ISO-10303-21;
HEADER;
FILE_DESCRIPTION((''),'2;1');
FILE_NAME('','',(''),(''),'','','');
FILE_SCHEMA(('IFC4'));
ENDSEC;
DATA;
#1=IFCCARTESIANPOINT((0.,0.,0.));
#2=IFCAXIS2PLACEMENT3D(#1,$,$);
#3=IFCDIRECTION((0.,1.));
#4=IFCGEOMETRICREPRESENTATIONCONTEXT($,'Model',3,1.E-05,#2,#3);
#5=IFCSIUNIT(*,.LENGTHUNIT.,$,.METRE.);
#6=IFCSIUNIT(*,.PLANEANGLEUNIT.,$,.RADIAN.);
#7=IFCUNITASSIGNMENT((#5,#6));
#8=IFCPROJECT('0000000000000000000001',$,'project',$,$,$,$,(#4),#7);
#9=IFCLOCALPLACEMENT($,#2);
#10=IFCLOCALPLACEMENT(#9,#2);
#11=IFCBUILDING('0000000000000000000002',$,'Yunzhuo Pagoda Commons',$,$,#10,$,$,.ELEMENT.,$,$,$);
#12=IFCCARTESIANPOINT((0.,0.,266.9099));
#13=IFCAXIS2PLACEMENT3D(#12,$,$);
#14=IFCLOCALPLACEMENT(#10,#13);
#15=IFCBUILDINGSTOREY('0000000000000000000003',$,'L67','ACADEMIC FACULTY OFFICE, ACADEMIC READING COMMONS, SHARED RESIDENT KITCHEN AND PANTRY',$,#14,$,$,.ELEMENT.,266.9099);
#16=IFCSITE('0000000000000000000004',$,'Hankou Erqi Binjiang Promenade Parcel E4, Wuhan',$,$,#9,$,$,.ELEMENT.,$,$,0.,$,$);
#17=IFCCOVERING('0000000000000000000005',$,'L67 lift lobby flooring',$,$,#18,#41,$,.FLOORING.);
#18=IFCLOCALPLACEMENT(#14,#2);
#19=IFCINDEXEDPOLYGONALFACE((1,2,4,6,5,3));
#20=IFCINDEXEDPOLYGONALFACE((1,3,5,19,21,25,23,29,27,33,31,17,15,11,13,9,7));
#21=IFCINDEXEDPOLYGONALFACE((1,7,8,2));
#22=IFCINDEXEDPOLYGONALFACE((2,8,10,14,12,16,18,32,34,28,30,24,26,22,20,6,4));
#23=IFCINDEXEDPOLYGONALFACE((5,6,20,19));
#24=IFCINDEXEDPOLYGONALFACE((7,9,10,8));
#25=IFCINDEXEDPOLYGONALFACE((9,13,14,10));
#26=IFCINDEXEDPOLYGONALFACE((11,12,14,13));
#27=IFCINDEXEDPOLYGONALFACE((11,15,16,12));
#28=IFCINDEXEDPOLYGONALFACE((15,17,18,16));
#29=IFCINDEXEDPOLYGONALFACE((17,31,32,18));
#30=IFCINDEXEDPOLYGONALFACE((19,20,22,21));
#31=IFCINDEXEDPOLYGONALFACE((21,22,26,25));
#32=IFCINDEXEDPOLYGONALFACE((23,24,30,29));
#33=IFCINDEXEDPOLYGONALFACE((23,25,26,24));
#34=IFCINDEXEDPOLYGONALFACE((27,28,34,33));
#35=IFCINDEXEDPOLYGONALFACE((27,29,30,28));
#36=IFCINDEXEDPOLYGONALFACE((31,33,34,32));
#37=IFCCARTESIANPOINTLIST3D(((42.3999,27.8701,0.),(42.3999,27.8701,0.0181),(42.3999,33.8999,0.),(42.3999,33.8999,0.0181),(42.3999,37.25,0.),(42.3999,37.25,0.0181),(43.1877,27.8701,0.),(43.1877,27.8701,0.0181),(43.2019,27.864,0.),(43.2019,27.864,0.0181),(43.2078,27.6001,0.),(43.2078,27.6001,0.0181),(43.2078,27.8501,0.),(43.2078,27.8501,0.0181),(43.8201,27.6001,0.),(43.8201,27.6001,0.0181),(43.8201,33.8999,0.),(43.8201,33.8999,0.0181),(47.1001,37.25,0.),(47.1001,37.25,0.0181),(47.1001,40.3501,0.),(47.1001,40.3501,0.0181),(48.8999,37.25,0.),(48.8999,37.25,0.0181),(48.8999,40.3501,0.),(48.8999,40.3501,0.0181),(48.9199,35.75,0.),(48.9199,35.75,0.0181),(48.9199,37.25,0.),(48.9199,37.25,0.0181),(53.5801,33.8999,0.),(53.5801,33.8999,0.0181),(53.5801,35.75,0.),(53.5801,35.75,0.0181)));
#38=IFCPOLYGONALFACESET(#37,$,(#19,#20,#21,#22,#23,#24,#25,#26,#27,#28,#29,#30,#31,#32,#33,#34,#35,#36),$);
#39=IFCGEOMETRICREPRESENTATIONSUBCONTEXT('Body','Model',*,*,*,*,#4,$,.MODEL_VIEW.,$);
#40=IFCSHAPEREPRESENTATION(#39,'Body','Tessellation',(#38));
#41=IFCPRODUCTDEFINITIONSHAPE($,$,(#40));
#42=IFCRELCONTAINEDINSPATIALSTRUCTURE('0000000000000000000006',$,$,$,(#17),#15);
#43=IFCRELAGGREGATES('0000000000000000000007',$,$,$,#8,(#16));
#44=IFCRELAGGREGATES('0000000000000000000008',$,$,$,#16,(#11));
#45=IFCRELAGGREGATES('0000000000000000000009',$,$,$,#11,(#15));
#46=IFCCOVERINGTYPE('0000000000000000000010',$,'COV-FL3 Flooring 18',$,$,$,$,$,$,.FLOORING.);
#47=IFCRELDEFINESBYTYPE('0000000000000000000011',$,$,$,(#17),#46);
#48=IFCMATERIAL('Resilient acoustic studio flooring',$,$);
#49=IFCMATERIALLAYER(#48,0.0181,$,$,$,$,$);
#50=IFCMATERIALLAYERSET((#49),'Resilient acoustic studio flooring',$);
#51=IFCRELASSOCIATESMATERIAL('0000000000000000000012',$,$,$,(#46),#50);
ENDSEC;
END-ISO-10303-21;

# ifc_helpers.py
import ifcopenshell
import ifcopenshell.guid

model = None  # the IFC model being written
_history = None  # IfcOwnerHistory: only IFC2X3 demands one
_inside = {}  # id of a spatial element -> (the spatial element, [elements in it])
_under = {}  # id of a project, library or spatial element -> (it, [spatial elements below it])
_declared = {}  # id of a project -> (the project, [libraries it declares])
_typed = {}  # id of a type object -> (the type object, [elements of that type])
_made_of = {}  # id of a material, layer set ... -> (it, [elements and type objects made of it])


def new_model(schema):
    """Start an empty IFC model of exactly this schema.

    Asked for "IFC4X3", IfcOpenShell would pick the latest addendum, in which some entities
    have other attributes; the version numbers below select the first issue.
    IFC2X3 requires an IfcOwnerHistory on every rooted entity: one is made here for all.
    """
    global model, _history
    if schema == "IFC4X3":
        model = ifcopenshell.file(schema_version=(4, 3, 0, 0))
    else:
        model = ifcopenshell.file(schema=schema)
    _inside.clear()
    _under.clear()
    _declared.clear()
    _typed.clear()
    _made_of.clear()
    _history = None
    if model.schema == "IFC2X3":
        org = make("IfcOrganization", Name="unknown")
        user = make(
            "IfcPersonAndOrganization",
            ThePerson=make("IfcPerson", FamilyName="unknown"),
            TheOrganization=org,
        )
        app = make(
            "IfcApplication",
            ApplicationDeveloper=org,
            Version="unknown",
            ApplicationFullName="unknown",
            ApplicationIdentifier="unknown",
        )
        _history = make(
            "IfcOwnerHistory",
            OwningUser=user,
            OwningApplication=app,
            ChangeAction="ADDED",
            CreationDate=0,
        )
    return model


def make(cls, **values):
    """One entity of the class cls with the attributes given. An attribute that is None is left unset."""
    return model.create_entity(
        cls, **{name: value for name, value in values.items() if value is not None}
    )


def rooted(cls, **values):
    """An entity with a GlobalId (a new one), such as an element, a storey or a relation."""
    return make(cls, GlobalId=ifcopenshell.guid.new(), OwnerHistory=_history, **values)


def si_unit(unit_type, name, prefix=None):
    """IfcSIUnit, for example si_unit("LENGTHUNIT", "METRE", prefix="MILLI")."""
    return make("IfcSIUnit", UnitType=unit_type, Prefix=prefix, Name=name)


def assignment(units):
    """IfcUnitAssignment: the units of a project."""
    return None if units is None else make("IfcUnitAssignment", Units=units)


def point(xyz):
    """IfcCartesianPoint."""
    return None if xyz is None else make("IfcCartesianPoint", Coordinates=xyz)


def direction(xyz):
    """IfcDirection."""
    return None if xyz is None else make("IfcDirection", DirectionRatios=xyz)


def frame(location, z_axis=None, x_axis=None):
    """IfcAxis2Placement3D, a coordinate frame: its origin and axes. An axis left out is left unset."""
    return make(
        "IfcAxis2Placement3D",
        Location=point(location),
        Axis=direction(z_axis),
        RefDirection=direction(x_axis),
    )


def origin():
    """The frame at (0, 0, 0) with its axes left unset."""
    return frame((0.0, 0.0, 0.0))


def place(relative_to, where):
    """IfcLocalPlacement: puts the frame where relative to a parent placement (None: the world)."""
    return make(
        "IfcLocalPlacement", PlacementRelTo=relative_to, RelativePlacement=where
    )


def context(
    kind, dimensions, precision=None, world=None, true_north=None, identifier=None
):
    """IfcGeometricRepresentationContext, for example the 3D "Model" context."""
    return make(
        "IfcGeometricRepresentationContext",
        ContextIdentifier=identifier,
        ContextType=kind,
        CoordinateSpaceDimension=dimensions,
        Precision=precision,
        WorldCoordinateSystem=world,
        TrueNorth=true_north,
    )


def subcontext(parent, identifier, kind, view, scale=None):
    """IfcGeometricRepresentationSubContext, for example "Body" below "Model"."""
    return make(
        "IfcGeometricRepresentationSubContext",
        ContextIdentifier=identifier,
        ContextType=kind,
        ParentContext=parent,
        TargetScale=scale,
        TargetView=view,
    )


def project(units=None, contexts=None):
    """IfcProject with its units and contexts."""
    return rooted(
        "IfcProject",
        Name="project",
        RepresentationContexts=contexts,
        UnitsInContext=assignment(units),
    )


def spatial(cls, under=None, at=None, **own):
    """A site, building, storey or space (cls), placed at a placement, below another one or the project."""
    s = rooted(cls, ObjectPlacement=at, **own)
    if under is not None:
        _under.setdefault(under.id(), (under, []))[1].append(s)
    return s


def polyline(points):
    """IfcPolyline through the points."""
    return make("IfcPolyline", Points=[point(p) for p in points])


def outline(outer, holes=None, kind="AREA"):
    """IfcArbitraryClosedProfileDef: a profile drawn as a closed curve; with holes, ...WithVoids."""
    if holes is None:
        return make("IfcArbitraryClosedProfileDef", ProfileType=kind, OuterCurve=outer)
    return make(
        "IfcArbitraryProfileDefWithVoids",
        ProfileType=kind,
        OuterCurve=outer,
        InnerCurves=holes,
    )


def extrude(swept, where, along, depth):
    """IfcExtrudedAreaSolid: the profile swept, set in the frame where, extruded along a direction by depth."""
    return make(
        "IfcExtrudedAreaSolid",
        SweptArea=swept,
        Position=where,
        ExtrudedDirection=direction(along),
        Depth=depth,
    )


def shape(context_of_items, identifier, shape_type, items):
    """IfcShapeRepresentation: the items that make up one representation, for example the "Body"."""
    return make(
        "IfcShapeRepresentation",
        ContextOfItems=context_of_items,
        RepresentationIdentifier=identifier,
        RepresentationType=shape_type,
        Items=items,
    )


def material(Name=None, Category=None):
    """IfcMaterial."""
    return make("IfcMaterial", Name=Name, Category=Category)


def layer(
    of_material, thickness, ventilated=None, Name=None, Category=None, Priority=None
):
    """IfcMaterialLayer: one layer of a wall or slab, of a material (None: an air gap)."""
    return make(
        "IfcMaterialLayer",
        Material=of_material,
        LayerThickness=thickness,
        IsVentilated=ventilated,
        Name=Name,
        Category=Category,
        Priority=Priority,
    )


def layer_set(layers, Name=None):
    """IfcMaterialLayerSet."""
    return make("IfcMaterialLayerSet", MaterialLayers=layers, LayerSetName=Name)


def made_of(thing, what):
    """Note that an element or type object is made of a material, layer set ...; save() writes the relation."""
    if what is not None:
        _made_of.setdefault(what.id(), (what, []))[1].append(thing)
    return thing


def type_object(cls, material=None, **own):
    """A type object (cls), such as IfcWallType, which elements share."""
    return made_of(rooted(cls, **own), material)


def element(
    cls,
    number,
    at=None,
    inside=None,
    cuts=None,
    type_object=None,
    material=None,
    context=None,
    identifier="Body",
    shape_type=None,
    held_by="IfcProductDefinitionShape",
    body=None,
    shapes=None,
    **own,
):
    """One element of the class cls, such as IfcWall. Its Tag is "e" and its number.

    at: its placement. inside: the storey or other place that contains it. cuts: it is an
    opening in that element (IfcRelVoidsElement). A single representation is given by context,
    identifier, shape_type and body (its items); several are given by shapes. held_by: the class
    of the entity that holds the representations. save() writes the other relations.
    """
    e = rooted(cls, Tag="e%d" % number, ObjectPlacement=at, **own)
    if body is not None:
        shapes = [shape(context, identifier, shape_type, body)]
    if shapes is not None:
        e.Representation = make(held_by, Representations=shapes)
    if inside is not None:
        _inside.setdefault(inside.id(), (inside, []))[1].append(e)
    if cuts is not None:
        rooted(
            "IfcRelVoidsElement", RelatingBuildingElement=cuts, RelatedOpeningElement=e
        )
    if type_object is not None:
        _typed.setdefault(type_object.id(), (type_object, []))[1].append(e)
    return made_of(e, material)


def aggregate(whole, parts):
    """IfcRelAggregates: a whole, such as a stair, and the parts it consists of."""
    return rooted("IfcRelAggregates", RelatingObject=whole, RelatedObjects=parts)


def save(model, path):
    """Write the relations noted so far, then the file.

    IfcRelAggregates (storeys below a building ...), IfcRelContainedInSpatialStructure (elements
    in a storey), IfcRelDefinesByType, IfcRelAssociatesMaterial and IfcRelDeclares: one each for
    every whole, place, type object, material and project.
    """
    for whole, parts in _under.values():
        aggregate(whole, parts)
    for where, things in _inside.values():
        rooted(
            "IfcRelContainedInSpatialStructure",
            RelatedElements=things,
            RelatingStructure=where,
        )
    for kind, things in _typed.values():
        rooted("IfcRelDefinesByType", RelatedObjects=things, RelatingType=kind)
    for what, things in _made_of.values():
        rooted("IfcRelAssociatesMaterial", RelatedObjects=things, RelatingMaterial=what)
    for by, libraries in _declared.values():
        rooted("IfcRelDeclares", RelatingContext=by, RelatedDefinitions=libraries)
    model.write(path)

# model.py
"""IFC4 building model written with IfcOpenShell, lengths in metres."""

from ifc_helpers import new_model, si_unit, direction, frame, origin, place, context, subcontext, project, spatial, polyline, outline, extrude, material, layer, layer_set, type_object, element, save


model = new_model("IFC4")

# Units and contexts
model_context = context("Model", 3, precision=1e-05, world=origin(), true_north=direction((0.0, 1.0)))
body_context = subcontext(model_context, "Body", "Model", "MODEL_VIEW")
ifc_project = project(units=[si_unit("LENGTHUNIT", "METRE"), si_unit("PLANEANGLEUNIT", "RADIAN")], contexts=[model_context])

# Site, building, storey
site_placement = place(None, origin())
site = spatial("IfcSite", under=ifc_project, at=site_placement, Name="Hankou Erqi Binjiang Promenade Parcel E4, Wuhan", CompositionType="ELEMENT", RefElevation=0.0)
building_placement = place(site_placement, origin())
building = spatial("IfcBuilding", under=site, at=building_placement, Name="Yunzhuo Pagoda Commons", CompositionType="ELEMENT")
storey_placement = place(building_placement, frame((0.0, 0.0, 266.9099)))
storey = spatial("IfcBuildingStorey", under=building, at=storey_placement, Name="L67", Description="ACADEMIC FACULTY OFFICE, ACADEMIC READING COMMONS, SHARED RESIDENT KITCHEN AND PANTRY", CompositionType="ELEMENT", Elevation=266.9099)

# Covering
ifc_material_1 = material(Name="Resilient acoustic studio flooring")
ifc_layer_1 = layer(ifc_material_1, 0.0181)
ifc_layer_set_1 = layer_set([ifc_layer_1], Name="Resilient acoustic studio flooring")
covering_type_1 = type_object("IfcCoveringType", Name="COV-FL3 Flooring 18", PredefinedType="FLOORING", material=ifc_layer_set_1)
covering_1_placement = place(storey_placement, origin())
element("IfcCovering", 1, at=covering_1_placement, inside=storey, type_object=covering_type_1, Name="L67 lift lobby flooring", PredefinedType="FLOORING", context=body_context, shape_type="SweptSolid", body=[
    extrude(outline(polyline([(42.3999, 37.25), (47.1001, 37.25), (47.1001, 40.3501), (48.8999, 40.3501), (48.8999, 37.25), (48.9199, 37.25), (48.9199, 35.75), (53.5801, 35.75), (53.5801, 33.8999), (43.8201, 33.8999), (43.8201, 27.6001), (43.2078, 27.6001), (43.2078, 27.8501), (43.2019, 27.864), (43.1877, 27.8701), (42.3999, 27.8701), (42.3999, 33.8999), (42.3999, 37.25)])), origin(), (0.0, 0.0, 1.0), 0.0181),
])

save(model, "model.ifc")
